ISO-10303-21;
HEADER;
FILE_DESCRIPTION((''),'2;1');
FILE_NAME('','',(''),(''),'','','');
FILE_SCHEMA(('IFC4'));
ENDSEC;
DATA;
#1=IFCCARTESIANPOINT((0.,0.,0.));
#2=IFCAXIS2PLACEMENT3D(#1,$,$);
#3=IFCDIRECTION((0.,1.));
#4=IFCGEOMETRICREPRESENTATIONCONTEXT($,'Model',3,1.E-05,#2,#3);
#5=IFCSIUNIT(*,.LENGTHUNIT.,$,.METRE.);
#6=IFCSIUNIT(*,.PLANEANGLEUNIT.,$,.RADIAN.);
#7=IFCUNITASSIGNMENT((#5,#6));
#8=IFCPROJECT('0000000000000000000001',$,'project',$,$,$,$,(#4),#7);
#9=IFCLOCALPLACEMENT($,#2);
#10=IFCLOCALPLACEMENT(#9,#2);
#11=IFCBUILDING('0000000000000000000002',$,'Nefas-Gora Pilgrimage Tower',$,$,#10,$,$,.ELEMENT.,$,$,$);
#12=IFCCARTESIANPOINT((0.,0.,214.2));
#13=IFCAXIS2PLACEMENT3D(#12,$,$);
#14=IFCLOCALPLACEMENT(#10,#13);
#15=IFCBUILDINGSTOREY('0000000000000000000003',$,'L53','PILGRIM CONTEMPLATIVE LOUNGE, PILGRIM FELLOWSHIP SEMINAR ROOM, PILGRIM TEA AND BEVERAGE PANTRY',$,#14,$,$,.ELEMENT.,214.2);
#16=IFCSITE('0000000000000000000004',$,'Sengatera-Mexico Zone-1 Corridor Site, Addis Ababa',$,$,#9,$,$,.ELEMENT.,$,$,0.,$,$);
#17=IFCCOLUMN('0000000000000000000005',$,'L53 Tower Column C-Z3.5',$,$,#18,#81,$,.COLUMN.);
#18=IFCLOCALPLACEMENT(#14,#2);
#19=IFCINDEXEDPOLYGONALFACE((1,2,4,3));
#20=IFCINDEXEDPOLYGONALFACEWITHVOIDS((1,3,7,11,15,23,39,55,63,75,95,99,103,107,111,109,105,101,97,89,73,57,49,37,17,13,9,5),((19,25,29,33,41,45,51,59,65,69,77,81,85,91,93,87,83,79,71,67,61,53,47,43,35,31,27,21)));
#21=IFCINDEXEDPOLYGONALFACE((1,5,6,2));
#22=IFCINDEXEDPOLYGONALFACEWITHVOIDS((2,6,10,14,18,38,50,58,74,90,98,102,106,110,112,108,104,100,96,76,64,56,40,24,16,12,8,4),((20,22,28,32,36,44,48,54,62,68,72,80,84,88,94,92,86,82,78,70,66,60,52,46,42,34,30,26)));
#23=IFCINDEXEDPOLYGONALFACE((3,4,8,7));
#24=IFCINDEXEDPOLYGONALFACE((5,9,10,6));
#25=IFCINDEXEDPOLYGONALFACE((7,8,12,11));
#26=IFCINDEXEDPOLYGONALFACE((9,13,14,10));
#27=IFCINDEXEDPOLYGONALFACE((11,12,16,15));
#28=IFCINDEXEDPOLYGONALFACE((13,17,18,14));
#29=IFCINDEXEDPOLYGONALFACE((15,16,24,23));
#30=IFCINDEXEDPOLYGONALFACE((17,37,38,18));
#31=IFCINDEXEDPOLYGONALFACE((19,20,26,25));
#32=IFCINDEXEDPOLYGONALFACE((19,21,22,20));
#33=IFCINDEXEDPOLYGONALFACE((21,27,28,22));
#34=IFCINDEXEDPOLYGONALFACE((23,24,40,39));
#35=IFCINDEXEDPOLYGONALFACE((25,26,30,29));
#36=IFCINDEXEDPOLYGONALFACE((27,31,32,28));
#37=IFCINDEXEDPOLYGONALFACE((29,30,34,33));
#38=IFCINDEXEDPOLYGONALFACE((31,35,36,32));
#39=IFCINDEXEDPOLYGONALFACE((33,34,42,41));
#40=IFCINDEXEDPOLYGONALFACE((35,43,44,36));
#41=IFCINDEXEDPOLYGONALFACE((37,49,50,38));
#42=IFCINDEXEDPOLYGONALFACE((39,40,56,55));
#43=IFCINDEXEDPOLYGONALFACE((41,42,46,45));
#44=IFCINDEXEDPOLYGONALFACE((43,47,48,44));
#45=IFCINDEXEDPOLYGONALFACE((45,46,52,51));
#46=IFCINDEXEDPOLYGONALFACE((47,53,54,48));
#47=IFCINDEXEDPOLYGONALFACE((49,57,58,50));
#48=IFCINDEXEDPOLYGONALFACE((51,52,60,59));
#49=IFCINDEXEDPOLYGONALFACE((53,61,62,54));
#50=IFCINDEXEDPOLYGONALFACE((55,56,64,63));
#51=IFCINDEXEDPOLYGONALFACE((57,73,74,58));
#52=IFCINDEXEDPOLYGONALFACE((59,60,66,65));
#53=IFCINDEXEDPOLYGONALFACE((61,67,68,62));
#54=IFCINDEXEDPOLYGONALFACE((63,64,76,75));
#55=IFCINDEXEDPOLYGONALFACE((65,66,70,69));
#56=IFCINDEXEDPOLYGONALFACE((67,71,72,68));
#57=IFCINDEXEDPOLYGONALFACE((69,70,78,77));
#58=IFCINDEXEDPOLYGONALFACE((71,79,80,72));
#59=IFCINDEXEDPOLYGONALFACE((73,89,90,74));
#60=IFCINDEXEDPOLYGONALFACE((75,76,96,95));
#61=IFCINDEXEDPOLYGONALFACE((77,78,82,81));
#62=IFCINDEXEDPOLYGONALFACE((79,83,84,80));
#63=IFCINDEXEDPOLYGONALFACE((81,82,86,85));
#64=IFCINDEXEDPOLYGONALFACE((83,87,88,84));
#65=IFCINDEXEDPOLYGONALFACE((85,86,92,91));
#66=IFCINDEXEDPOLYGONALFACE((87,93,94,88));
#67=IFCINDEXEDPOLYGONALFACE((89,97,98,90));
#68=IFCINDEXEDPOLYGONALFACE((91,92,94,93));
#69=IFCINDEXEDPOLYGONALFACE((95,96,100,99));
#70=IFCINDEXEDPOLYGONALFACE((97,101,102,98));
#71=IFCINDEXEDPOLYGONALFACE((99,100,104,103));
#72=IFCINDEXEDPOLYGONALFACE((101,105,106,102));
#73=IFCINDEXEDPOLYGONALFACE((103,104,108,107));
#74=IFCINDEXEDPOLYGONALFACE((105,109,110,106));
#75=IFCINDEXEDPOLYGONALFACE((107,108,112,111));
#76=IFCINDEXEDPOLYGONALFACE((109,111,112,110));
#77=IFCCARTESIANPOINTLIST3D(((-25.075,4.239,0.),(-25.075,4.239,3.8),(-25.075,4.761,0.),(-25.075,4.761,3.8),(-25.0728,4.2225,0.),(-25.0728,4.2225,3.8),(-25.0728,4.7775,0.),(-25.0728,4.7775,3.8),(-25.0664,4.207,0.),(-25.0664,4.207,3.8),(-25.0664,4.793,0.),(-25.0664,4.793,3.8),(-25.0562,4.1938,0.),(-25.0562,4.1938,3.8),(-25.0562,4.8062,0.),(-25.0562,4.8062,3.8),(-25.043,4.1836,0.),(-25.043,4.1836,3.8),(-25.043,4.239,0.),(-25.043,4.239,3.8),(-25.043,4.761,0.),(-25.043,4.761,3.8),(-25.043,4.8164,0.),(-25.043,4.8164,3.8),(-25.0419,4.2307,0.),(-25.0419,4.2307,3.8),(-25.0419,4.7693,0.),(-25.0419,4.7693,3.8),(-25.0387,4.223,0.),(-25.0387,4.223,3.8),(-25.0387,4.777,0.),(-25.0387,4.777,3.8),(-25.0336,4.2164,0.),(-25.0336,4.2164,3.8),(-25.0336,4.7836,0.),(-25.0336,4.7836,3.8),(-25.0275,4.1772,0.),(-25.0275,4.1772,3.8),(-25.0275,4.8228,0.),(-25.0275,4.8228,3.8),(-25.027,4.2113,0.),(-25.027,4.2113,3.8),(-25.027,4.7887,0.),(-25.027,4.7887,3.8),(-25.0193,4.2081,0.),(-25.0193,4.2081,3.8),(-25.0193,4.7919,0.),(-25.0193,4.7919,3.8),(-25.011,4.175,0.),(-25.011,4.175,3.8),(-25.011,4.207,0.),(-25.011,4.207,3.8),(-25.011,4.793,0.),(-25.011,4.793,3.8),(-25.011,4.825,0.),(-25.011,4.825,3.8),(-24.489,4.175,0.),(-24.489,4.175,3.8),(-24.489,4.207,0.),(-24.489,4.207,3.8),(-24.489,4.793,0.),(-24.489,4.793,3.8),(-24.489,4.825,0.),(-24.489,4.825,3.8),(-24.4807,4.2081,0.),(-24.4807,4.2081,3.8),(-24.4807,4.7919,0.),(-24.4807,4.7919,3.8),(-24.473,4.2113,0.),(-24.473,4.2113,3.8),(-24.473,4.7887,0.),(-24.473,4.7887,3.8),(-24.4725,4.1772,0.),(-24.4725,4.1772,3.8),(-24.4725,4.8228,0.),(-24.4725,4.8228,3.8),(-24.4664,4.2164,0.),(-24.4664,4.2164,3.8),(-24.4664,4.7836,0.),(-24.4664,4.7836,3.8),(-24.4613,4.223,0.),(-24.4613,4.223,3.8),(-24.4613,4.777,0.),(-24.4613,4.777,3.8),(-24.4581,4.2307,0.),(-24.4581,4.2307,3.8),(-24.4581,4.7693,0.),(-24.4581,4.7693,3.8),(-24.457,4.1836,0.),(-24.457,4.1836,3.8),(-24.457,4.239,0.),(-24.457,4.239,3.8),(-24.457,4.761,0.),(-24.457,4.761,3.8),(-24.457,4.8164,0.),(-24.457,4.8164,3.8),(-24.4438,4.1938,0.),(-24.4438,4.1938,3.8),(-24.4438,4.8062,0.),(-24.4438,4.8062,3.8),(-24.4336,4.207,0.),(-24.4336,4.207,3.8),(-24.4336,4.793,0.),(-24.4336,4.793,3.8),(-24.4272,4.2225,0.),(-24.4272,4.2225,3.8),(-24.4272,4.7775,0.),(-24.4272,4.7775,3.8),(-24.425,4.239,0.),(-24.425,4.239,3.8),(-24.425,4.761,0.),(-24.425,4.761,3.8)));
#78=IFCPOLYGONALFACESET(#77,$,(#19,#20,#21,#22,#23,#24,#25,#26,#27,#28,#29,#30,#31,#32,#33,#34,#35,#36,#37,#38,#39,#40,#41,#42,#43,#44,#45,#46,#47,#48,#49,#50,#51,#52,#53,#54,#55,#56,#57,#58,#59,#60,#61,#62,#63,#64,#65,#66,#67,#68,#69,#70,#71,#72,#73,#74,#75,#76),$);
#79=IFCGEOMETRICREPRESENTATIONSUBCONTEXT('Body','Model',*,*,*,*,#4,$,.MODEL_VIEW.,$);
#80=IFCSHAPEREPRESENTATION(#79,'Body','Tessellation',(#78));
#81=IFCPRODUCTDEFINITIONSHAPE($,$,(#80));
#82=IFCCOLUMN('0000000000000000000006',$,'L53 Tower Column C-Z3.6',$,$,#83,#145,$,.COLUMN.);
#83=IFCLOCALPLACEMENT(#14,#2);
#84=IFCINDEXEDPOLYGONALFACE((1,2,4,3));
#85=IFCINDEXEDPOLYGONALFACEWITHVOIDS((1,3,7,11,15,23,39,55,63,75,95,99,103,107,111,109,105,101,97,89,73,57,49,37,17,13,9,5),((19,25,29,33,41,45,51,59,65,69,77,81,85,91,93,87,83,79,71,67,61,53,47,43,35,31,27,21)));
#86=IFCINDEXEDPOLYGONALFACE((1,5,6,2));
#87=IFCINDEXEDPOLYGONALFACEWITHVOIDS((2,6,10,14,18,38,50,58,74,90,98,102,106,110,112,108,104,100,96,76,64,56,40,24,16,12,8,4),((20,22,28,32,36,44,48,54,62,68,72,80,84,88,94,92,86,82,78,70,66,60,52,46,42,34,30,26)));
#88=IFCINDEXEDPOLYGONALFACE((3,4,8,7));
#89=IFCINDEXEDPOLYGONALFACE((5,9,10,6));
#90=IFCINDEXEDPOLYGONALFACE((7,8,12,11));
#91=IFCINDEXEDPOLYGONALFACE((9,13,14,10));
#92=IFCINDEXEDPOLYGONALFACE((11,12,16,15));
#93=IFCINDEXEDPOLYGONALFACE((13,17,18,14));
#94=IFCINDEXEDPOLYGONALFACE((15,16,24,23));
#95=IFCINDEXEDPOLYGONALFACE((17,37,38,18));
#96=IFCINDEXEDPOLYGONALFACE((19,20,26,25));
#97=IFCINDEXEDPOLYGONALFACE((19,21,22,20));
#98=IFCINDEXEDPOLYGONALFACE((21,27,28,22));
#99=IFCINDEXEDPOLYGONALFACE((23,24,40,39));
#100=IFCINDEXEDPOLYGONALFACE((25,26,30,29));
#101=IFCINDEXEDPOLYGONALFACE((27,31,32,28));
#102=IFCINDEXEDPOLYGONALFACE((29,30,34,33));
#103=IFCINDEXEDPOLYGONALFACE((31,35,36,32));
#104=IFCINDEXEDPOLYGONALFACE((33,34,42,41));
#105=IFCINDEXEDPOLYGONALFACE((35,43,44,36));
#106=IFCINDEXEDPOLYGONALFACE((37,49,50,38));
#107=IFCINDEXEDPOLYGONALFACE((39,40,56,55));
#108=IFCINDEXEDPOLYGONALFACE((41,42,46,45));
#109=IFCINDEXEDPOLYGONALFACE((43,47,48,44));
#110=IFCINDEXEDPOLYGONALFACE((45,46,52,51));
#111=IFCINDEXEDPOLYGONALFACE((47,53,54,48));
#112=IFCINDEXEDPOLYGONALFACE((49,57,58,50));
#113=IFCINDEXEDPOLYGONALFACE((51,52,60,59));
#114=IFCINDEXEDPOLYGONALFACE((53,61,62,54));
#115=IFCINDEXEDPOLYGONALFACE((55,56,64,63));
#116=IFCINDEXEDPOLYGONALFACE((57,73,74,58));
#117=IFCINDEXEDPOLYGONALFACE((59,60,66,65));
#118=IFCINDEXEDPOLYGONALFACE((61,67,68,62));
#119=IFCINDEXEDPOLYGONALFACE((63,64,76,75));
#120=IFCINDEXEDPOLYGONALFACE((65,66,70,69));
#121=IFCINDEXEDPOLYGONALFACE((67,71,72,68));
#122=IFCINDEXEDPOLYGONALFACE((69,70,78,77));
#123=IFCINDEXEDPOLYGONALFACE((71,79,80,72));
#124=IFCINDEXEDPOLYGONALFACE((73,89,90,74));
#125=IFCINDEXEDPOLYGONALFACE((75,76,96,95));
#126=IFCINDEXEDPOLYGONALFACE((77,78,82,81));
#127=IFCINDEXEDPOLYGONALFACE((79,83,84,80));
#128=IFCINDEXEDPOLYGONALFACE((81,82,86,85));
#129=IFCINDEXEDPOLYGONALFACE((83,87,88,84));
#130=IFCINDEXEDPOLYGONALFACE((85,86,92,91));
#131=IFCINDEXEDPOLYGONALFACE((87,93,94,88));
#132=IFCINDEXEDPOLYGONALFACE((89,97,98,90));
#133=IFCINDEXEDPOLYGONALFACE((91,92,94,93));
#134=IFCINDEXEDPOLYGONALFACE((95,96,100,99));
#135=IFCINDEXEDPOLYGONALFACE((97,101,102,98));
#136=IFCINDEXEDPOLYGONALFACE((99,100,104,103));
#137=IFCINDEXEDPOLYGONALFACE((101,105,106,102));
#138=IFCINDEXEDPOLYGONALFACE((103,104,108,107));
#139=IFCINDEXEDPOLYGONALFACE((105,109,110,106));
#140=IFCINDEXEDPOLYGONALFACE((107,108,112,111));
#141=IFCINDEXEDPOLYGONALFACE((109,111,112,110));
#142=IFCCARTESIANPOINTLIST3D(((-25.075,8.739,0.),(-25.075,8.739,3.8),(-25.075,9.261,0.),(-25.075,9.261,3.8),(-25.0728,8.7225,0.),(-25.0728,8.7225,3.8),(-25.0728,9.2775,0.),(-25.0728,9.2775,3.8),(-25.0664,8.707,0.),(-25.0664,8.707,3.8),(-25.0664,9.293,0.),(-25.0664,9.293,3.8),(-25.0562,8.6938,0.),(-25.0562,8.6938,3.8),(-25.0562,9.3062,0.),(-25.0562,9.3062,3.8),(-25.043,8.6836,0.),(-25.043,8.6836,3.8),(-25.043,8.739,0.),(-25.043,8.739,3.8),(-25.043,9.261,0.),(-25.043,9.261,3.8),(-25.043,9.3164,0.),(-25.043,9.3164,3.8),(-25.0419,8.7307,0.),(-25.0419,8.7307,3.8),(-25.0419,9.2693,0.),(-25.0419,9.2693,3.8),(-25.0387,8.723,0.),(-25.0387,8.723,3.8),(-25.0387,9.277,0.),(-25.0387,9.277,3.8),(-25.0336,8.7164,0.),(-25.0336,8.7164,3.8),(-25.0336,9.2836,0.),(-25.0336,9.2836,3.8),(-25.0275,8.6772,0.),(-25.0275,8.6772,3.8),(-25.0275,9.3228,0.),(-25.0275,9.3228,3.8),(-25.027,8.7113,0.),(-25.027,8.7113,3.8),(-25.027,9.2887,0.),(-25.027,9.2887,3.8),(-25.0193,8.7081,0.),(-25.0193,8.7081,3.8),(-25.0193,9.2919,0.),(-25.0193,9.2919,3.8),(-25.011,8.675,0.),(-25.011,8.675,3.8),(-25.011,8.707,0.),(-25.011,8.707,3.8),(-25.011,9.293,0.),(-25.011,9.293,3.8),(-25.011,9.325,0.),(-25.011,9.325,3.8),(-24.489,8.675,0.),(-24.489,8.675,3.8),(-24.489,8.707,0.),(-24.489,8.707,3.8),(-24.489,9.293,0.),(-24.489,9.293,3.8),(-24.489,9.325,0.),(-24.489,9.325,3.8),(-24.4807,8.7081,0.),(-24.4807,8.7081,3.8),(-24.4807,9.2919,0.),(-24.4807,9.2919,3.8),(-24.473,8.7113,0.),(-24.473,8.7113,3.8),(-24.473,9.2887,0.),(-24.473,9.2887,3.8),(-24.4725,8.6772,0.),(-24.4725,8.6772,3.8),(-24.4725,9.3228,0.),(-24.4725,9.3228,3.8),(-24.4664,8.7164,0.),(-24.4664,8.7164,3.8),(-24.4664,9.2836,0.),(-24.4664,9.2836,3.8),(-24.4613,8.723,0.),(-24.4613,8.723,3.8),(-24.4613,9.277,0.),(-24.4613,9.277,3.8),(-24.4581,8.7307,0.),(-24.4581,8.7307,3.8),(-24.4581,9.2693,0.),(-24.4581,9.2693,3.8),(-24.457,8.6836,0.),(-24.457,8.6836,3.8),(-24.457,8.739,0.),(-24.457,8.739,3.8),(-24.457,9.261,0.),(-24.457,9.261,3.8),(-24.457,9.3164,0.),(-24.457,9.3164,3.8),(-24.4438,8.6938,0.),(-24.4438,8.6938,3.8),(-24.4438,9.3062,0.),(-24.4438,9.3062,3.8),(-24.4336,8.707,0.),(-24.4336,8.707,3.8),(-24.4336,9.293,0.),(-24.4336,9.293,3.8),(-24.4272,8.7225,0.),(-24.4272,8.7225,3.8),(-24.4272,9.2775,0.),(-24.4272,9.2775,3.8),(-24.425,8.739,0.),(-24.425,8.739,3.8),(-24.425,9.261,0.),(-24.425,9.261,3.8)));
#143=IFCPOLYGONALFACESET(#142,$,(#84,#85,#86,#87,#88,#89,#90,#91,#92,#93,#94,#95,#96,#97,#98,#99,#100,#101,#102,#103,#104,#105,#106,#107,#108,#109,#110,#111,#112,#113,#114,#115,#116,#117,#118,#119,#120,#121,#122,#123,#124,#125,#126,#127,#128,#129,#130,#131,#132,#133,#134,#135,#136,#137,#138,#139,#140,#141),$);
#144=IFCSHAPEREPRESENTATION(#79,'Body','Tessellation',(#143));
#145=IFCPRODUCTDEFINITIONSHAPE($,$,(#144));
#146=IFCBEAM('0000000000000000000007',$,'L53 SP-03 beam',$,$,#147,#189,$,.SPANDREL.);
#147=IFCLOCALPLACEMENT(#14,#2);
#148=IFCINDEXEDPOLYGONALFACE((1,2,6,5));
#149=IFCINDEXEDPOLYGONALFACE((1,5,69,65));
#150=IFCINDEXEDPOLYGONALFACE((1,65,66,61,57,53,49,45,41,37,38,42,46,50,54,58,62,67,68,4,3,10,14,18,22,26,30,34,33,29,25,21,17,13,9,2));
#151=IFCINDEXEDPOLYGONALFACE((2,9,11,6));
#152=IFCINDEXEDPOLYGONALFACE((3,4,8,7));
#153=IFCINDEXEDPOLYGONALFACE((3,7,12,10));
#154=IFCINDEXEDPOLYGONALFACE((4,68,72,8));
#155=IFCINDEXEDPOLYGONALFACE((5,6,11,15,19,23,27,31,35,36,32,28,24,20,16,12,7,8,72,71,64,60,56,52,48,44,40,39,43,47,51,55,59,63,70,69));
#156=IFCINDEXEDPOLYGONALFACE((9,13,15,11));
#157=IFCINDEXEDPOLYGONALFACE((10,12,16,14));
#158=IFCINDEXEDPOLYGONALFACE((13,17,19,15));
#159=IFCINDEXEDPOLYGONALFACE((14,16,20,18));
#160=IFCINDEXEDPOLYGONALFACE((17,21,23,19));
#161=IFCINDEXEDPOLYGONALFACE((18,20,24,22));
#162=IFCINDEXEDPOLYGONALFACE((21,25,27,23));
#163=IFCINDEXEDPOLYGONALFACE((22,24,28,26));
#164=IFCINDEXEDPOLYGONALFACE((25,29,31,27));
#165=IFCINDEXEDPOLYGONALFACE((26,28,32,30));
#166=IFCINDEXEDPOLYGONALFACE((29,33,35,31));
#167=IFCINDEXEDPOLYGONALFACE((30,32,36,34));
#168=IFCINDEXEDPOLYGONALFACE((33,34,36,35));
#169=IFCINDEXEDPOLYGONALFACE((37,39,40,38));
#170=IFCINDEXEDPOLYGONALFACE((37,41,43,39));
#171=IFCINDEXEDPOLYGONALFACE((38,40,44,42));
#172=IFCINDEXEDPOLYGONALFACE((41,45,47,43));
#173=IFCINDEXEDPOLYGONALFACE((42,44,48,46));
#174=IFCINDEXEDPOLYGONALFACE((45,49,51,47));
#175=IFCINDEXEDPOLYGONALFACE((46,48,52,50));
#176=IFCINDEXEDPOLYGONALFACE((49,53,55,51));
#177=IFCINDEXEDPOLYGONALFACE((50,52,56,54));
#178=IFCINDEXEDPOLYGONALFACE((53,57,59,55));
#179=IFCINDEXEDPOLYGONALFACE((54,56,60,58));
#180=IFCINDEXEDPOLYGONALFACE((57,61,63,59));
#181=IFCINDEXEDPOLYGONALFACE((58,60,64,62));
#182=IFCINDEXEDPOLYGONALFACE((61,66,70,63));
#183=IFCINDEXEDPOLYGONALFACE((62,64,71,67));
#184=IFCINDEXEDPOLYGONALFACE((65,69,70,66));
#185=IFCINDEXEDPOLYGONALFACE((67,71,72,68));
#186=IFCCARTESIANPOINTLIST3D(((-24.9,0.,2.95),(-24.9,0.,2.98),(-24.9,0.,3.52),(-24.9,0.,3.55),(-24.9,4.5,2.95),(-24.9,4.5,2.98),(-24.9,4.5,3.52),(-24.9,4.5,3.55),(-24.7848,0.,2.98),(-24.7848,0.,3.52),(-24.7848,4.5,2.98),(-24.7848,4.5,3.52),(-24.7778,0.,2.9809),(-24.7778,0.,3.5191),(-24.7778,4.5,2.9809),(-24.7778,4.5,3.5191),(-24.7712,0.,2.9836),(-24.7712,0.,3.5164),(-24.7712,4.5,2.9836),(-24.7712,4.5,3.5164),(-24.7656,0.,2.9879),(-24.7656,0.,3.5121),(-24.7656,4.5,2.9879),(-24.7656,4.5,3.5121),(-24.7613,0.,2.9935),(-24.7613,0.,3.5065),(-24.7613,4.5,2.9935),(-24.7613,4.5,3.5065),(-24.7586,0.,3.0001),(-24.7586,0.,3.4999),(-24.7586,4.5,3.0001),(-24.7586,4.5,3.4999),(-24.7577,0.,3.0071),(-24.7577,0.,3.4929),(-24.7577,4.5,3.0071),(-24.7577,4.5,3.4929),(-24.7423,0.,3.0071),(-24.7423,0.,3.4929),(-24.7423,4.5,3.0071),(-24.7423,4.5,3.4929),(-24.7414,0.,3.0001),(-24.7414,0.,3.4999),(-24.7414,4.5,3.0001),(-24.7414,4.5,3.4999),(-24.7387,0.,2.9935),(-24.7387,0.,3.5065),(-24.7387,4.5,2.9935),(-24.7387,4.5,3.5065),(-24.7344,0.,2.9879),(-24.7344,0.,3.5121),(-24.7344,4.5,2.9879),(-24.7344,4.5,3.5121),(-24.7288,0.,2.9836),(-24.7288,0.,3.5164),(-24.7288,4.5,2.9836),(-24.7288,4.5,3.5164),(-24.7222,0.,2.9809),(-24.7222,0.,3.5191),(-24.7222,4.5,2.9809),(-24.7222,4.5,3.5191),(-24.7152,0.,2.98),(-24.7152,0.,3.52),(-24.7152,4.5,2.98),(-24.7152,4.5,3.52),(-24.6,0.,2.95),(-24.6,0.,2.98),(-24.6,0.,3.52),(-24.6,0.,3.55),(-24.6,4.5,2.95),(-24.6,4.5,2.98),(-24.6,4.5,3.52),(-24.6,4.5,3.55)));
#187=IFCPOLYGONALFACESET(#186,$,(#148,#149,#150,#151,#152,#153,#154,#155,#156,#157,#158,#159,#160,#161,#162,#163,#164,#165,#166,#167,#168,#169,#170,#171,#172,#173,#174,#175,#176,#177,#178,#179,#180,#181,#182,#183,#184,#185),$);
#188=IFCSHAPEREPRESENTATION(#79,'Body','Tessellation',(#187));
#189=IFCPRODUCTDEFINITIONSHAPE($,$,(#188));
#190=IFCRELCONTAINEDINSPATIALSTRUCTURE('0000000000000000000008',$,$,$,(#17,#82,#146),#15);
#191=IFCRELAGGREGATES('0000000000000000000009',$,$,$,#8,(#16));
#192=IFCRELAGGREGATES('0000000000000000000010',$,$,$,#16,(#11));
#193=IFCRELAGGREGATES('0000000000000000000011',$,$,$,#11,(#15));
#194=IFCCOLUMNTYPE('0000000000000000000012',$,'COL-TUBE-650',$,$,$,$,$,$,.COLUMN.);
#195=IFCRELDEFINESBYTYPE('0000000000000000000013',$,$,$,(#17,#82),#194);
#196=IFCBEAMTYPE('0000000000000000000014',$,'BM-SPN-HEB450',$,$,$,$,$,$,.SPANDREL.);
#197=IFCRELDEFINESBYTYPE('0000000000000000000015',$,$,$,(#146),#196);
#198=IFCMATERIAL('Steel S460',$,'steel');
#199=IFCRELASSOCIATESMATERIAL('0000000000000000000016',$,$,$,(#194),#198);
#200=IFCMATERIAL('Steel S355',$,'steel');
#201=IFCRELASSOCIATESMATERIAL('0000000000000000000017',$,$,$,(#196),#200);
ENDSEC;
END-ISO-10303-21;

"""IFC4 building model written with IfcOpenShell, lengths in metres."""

from ifc_helpers import new_model, si_unit, direction, frame, origin, origin_2d, place, context, subcontext, project, spatial, hollow_rectangle, i_section, extrude, source, transform, mapped, material, material_profile, profile_set, type_object, element, save


model = new_model("IFC4")

# Units and contexts
model_context = context("Model", 3, precision=1e-05, world=origin(), true_north=direction((0.0, 1.0)))
body_context = subcontext(model_context, "Body", "Model", "MODEL_VIEW")
ifc_project = project(units=[si_unit("LENGTHUNIT", "METRE"), si_unit("PLANEANGLEUNIT", "RADIAN")], contexts=[model_context])

# Site, building, storey
site_placement = place(None, origin())
site = spatial("IfcSite", under=ifc_project, at=site_placement, Name="Sengatera-Mexico Zone-1 Corridor Site, Addis Ababa", CompositionType="ELEMENT", RefElevation=0.0)
building_placement = place(site_placement, origin())
building = spatial("IfcBuilding", under=site, at=building_placement, Name="Nefas-Gora Pilgrimage Tower", CompositionType="ELEMENT")
storey_placement = place(building_placement, frame((0.0, 0.0, 214.2)))
storey = spatial("IfcBuildingStorey", under=building, at=storey_placement, Name="L53", Description="PILGRIM CONTEMPLATIVE LOUNGE, PILGRIM FELLOWSHIP SEMINAR ROOM, PILGRIM TEA AND BEVERAGE PANTRY", CompositionType="ELEMENT", Elevation=214.2)

# Columns
ifc_material_1 = material(Name="Steel S460", Category="steel")
ifc_material_profile_1 = material_profile(ifc_material_1, hollow_rectangle(XDim=0.6499, YDim=0.6499, WallThickness=0.032, InnerFilletRadius=0.032, OuterFilletRadius=0.064, at=origin_2d()), Name="BOX 650x650x32")
ifc_profile_set_1 = profile_set([ifc_material_profile_1], Name="Steel S460")
column_type_1 = type_object("IfcColumnType", Name="COL-TUBE-650", PredefinedType="COLUMN", material=ifc_profile_set_1)
shared_shape_1 = source(origin(), body_context, "Body", "SweptSolid", [
    extrude(hollow_rectangle(XDim=0.6499, YDim=0.6499, WallThickness=0.032, InnerFilletRadius=0.032, OuterFilletRadius=0.064, at=origin_2d()), origin(), (0.0, 0.0, 1.0), 3.8),
])
for number, where, z_axis, x_axis, name in (
    (1, (-24.75, 4.5, 0.0), (0.0, 0.0, 1.0), (1.0, 0.0, 0.0), "L53 Tower Column C-Z3.5"),
    (2, (-24.75, 9.0, 0.0), (0.0, 0.0, 1.0), (1.0, 0.0, 0.0), "L53 Tower Column C-Z3.6"),
):
    element("IfcColumn", number, at=place(storey_placement, frame(where, z_axis=z_axis, x_axis=x_axis)), inside=storey, type_object=column_type_1, Name=name, PredefinedType="COLUMN", context=body_context, shape_type="MappedRepresentation", body=[
        mapped(shared_shape_1, transform((0.0, 0.0, 0.0), x_axis=(1.0, 0.0, 0.0), y_axis=(0.0, 1.0, 0.0), z_axis=(0.0, 0.0, 1.0), scale=1.0)),
    ])

# Beam
ifc_material_2 = material(Name="Steel S355", Category="steel")
ifc_material_profile_2 = material_profile(ifc_material_2, i_section(OverallWidth=0.3, OverallDepth=0.6001, WebThickness=0.0154, FlangeThickness=0.03, FilletRadius=0.0271, at=origin_2d()), Name="HEB 600")
ifc_profile_set_2 = profile_set([ifc_material_profile_2], Name="Steel S355")
beam_type_1 = type_object("IfcBeamType", Name="BM-SPN-HEB450", PredefinedType="SPANDREL", material=ifc_profile_set_2)
shared_shape_2 = source(origin(), body_context, "Body", "SweptSolid", [
    extrude(i_section(OverallWidth=0.3, OverallDepth=0.6001, WebThickness=0.0154, FlangeThickness=0.03, FilletRadius=0.0271, at=origin_2d()), origin(), (0.0, 0.0, 1.0), 4.5),
])
for number, where, z_axis, x_axis, name in (
    (3, (-24.75, 0.0, 3.25), (0.0, 1.0, 0.0), (-1.0, 0.0, 0.0), "L53 SP-03 beam"),
):
    element("IfcBeam", number, at=place(storey_placement, frame(where, z_axis=z_axis, x_axis=x_axis)), inside=storey, type_object=beam_type_1, Name=name, PredefinedType="SPANDREL", context=body_context, shape_type="MappedRepresentation", body=[
        mapped(shared_shape_2, transform((0.0, 0.0, 0.0), x_axis=(1.0, 0.0, 0.0), y_axis=(0.0, 1.0, 0.0), z_axis=(0.0, 0.0, 1.0), scale=1.0)),
    ])

save(model, "model.ifc")
